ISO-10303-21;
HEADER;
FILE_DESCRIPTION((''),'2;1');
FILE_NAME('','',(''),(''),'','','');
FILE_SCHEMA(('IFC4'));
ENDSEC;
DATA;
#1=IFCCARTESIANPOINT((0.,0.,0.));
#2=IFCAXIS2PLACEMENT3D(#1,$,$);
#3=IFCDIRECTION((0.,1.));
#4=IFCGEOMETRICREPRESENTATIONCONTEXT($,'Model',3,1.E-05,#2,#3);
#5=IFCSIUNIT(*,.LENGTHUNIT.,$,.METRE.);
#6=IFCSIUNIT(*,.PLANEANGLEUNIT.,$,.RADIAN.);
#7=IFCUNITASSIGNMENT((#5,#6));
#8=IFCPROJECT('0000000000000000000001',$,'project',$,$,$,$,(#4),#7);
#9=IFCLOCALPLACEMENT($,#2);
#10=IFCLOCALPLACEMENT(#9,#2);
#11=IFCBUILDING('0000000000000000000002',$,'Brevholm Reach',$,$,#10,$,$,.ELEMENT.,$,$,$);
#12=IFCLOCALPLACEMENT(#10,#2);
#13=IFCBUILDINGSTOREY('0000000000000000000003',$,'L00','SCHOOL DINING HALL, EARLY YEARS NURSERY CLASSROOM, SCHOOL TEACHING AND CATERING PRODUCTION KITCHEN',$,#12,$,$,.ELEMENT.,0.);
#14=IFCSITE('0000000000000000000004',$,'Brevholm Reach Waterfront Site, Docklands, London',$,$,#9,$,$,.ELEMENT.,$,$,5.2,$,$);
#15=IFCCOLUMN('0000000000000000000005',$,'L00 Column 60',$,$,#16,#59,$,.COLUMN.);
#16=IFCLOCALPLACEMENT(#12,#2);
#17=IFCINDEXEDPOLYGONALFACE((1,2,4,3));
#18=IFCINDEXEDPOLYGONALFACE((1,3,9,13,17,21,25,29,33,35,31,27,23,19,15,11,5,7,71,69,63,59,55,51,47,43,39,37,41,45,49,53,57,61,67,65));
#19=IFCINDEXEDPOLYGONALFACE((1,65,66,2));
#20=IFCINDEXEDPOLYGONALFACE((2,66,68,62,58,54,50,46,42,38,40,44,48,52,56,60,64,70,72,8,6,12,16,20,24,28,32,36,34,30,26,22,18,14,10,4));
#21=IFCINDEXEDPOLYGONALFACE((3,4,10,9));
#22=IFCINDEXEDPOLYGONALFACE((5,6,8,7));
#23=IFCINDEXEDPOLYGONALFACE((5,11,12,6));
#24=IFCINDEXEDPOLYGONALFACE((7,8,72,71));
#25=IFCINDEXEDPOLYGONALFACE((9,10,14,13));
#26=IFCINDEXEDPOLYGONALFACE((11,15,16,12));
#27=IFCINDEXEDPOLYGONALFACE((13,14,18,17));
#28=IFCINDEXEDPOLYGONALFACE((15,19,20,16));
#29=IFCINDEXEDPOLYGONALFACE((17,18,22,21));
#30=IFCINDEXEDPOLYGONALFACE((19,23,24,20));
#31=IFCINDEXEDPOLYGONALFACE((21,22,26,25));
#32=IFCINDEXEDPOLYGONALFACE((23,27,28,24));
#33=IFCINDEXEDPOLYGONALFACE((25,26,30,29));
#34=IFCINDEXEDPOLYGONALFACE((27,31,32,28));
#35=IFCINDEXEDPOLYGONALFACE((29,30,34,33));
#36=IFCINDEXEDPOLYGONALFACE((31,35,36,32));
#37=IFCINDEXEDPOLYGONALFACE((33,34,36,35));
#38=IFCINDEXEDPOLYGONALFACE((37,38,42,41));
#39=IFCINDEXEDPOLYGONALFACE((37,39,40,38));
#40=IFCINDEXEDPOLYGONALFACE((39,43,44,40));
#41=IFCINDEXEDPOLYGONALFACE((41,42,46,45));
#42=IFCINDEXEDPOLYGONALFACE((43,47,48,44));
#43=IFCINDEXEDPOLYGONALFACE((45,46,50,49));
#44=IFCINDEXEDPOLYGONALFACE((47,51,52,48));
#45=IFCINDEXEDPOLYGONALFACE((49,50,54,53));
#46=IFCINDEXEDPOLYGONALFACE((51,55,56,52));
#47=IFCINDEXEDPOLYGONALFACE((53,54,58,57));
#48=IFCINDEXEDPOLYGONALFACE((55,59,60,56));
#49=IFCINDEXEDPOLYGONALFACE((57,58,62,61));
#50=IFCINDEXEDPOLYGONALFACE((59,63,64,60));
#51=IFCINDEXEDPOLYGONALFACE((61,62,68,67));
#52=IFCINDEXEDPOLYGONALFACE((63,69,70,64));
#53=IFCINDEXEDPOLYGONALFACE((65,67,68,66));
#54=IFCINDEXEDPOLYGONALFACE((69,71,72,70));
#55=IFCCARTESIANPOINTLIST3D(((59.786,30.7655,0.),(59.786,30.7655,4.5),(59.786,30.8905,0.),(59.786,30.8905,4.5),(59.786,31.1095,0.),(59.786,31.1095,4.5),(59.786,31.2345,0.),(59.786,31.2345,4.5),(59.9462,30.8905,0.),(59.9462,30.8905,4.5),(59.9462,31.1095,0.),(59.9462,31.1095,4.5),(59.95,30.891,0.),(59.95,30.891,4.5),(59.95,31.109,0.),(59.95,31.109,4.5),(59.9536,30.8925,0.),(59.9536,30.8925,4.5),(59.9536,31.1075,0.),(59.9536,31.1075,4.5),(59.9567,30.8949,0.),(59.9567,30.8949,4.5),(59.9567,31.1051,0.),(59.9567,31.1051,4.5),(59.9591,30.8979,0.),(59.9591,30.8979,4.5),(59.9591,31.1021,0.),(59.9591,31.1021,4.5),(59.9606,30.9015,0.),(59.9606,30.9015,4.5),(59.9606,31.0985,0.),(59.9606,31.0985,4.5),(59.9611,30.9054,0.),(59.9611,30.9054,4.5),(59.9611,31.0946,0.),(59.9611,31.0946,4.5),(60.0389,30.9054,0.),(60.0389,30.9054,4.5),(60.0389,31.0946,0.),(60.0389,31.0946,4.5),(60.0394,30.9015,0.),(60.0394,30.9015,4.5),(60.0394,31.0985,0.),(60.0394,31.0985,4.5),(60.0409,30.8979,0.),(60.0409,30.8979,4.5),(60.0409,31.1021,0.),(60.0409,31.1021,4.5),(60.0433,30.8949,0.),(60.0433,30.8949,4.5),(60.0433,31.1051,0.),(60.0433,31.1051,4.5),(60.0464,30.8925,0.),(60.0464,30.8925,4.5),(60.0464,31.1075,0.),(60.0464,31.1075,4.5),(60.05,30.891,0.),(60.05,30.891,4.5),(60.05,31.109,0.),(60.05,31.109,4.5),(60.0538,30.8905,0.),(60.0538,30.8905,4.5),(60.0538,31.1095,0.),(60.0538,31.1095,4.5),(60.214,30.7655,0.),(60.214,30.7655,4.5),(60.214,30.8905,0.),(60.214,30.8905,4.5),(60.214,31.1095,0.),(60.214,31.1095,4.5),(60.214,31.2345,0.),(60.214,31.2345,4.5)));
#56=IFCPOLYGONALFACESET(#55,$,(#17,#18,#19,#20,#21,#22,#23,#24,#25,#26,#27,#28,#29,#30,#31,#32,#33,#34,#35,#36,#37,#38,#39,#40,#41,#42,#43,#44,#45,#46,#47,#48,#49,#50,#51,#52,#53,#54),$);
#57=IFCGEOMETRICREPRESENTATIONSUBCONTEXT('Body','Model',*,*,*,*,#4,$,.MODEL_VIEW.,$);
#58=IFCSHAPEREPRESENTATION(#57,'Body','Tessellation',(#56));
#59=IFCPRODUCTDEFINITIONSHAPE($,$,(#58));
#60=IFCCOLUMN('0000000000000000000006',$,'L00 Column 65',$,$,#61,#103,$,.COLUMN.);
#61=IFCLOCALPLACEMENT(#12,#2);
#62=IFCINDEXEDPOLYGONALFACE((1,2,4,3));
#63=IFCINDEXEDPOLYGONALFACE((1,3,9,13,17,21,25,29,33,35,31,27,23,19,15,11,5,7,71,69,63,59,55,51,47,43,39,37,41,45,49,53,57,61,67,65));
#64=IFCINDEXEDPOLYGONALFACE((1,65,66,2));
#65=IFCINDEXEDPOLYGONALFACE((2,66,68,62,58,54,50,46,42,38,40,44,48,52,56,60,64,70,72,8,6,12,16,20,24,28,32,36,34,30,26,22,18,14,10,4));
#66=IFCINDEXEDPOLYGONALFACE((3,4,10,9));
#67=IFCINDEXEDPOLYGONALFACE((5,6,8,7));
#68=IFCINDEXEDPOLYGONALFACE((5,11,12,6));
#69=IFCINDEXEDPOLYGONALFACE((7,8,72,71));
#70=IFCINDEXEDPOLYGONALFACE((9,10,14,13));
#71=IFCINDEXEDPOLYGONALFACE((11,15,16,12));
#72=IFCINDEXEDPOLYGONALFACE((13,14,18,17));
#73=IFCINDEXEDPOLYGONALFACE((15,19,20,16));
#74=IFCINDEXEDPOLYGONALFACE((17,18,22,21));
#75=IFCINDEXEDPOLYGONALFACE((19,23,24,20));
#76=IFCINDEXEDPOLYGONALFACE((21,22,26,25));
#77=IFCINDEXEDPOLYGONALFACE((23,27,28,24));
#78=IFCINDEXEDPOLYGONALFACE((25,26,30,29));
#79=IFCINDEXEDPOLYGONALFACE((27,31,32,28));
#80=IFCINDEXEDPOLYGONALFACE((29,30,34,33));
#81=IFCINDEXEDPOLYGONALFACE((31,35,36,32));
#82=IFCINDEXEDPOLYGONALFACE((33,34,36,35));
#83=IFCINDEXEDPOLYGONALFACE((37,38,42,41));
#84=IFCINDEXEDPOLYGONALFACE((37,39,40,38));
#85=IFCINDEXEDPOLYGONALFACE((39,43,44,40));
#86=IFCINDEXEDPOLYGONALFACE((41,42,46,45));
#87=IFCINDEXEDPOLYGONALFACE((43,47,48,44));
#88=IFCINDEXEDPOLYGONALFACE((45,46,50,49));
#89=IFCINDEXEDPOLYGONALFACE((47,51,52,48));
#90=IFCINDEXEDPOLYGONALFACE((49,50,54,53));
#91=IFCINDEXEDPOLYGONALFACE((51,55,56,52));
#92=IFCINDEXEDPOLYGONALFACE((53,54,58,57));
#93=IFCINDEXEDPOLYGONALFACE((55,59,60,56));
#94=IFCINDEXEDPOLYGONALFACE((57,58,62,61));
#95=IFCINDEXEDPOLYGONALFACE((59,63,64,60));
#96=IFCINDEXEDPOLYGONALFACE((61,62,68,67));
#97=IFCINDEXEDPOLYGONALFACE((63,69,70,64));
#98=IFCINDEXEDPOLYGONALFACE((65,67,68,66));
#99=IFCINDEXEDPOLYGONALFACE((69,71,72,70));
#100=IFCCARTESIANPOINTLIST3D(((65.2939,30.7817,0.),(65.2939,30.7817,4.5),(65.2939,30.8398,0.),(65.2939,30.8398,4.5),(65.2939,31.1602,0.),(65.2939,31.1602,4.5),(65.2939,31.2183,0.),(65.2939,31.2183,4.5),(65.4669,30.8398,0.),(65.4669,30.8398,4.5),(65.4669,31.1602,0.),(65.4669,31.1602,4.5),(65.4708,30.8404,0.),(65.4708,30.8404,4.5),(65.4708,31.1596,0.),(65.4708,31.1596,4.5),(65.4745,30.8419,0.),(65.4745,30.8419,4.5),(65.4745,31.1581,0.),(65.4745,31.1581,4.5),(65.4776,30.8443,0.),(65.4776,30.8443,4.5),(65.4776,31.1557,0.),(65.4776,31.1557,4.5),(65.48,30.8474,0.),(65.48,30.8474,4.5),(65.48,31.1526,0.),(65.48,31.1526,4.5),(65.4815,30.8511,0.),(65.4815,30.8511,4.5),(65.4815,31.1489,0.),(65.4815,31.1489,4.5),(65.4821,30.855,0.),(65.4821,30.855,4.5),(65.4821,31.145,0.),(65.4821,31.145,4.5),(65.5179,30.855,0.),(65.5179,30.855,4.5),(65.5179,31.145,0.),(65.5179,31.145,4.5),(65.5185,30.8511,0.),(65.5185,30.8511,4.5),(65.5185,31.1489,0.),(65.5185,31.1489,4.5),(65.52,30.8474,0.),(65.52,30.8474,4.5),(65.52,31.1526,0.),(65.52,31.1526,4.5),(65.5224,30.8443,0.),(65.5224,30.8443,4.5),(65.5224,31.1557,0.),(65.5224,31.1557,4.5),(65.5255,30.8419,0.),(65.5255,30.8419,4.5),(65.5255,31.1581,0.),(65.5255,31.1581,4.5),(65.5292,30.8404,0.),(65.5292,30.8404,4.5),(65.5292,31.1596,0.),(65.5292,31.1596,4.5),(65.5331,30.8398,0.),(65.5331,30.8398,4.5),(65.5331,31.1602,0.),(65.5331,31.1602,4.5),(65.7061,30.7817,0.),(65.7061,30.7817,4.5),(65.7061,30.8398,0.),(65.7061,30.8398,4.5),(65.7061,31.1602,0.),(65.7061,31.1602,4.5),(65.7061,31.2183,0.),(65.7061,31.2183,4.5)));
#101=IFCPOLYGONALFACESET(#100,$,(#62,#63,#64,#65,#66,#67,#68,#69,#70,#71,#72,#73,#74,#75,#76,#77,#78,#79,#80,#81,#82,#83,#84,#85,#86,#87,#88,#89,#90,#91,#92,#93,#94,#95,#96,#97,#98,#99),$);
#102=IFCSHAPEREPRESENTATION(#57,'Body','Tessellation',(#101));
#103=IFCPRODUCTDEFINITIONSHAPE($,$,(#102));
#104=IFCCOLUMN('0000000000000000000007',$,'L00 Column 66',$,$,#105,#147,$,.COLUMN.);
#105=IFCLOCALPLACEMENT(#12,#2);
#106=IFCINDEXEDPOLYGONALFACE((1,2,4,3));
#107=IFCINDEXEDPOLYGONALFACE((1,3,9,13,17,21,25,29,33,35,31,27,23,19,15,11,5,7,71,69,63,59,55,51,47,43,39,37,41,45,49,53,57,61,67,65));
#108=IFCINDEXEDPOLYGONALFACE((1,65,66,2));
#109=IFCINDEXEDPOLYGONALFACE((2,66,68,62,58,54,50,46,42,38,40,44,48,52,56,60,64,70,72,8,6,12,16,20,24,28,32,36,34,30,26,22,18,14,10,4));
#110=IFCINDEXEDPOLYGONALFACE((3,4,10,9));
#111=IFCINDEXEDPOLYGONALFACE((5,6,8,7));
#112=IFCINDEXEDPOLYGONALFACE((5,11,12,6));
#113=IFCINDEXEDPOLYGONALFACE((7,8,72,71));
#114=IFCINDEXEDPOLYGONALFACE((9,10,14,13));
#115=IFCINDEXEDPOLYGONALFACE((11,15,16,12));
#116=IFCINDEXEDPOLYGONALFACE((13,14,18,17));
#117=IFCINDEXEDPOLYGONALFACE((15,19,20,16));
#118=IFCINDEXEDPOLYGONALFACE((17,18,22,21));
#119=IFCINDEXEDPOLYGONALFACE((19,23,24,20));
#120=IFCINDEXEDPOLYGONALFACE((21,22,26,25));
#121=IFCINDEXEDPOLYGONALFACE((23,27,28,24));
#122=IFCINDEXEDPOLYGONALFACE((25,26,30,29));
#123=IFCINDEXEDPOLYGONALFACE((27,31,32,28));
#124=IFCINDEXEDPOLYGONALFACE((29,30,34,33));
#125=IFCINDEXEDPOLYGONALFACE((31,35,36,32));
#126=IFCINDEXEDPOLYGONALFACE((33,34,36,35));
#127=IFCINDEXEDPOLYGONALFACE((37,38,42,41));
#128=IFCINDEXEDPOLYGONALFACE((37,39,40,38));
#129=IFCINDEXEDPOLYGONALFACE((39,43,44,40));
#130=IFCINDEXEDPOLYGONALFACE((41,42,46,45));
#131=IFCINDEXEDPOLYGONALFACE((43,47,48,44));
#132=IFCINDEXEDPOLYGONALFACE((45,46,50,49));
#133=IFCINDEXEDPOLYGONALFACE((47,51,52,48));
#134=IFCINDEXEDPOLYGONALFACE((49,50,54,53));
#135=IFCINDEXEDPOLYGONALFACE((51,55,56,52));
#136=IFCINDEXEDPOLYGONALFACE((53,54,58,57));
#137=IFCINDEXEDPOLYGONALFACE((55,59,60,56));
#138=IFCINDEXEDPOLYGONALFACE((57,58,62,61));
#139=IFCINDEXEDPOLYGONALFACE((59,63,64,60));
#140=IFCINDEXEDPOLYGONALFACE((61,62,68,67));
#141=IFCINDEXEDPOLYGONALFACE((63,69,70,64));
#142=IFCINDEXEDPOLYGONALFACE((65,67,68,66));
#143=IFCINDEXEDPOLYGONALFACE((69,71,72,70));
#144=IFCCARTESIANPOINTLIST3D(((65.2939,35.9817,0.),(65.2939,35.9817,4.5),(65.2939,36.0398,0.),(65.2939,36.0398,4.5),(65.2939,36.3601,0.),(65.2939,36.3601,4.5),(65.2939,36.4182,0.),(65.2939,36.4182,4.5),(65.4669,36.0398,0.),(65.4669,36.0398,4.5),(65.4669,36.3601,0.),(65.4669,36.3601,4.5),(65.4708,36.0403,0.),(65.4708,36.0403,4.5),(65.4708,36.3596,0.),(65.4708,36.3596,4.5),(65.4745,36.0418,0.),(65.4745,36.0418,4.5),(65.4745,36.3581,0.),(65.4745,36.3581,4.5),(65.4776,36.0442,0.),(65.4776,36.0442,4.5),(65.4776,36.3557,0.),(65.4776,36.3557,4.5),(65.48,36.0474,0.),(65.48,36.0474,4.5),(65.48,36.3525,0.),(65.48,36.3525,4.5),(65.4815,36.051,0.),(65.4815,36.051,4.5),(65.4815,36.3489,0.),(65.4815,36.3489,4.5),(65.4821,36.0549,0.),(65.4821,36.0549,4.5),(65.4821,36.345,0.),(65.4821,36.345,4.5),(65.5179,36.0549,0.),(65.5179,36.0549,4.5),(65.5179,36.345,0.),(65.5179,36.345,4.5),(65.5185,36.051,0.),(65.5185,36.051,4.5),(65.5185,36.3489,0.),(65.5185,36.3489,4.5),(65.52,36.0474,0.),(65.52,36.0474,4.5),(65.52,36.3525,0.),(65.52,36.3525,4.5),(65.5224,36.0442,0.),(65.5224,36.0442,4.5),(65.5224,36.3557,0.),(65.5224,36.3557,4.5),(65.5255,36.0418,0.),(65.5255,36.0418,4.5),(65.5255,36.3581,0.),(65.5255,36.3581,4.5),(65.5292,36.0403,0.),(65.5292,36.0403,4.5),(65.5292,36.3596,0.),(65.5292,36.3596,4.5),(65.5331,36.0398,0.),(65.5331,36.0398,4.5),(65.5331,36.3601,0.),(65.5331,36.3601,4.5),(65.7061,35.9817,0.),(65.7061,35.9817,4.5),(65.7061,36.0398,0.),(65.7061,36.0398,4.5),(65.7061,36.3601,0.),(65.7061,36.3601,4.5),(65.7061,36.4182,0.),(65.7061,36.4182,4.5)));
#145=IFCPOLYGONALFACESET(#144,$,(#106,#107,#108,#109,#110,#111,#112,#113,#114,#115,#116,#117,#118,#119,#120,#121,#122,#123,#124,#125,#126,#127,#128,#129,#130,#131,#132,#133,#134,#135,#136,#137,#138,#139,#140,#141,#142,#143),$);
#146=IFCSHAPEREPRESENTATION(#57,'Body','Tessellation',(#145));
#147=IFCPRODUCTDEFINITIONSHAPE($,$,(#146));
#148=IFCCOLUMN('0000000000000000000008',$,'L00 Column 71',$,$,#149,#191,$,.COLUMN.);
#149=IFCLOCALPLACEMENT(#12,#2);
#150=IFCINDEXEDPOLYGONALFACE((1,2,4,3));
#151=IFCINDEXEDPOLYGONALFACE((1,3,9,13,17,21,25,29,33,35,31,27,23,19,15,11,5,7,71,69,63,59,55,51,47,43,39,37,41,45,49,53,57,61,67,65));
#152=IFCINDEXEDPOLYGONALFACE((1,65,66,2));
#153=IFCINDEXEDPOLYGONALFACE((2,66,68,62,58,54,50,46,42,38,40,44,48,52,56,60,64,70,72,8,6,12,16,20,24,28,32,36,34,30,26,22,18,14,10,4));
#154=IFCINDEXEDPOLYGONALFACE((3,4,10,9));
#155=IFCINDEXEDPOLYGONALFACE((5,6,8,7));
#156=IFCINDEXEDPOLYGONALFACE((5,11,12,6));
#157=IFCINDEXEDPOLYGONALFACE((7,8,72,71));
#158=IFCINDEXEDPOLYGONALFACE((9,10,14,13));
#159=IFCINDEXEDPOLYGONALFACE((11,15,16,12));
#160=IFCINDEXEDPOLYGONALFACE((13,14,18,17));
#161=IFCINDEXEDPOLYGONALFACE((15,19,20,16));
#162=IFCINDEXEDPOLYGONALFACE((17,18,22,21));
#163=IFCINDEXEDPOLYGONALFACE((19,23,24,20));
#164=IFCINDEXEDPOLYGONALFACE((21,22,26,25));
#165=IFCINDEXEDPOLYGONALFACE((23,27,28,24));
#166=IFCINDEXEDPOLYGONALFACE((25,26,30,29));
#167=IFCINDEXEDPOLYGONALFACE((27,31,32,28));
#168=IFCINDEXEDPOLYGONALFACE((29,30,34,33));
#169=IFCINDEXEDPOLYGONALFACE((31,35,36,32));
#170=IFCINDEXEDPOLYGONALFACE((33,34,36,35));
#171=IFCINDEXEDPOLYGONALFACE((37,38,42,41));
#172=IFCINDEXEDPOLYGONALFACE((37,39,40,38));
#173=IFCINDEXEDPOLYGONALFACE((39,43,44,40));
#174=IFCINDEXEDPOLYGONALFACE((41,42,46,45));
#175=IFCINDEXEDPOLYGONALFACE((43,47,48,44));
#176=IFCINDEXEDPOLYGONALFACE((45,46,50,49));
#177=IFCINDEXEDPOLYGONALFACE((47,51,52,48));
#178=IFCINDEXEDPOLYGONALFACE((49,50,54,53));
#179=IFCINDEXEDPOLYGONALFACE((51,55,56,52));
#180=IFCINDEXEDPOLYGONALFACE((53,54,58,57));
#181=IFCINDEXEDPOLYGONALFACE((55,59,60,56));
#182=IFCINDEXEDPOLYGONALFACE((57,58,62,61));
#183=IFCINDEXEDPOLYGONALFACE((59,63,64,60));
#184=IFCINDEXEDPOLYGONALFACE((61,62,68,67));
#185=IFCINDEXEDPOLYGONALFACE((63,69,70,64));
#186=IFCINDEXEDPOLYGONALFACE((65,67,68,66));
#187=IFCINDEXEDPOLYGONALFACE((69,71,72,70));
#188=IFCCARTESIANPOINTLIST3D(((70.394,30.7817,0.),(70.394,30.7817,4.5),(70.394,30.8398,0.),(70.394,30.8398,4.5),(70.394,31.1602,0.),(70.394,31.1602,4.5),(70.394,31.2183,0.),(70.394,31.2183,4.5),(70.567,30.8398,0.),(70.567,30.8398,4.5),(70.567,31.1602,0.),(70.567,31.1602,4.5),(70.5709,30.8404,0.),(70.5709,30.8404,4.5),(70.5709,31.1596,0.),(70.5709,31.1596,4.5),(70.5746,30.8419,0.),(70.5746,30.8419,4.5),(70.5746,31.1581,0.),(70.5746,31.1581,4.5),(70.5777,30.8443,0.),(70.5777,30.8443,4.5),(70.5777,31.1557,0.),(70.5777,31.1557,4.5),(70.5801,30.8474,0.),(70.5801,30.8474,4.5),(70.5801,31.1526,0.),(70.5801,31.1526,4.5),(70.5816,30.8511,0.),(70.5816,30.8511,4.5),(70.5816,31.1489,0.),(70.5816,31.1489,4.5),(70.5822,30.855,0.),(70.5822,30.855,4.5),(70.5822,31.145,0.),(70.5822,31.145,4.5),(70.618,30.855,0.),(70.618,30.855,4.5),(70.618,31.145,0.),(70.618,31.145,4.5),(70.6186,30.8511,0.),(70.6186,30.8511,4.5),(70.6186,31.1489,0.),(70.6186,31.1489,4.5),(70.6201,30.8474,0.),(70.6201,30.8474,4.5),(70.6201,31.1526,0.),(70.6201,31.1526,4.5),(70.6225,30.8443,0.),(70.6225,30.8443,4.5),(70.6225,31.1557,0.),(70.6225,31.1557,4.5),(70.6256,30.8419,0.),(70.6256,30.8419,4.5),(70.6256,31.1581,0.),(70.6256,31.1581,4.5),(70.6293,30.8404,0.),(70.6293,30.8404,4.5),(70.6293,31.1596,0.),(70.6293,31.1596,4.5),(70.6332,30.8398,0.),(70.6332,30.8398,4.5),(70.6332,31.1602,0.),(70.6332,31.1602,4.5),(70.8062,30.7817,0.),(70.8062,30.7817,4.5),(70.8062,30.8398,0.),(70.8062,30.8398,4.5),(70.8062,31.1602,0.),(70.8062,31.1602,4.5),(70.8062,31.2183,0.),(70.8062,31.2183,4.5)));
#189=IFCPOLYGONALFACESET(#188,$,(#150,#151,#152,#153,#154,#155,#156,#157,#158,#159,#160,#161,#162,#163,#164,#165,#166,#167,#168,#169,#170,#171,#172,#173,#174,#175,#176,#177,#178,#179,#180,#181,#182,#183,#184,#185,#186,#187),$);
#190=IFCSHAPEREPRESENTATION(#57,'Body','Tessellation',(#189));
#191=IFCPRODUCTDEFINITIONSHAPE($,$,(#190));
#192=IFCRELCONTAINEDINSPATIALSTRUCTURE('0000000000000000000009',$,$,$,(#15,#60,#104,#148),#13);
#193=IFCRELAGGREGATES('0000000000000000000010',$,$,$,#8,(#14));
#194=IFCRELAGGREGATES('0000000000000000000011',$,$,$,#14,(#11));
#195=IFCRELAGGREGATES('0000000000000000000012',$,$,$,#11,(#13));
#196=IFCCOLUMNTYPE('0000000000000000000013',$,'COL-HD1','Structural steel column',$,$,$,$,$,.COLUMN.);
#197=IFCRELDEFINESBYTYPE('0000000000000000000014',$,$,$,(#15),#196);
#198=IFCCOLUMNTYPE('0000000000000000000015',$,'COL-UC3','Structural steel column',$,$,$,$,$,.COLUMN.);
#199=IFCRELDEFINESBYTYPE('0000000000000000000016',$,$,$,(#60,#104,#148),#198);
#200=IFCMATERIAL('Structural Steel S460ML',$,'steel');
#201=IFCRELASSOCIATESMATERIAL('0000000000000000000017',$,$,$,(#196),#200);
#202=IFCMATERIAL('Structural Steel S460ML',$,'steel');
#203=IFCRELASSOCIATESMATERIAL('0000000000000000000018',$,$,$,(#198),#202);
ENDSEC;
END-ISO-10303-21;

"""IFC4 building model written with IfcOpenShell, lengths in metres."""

from ifc_helpers import new_model, si_unit, direction, frame, origin, origin_2d, place, context, subcontext, project, spatial, i_section, extrude, material, material_profile, profile_set, type_object, element, save


model = new_model("IFC4")

# Units and contexts
model_context = context("Model", 3, precision=1e-05, world=origin(), true_north=direction((0.0, 1.0)))
body_context = subcontext(model_context, "Body", "Model", "MODEL_VIEW")
ifc_project = project(units=[si_unit("LENGTHUNIT", "METRE"), si_unit("PLANEANGLEUNIT", "RADIAN")], contexts=[model_context])

# Site, building, storey
site_placement = place(None, origin())
site = spatial("IfcSite", under=ifc_project, at=site_placement, Name="Brevholm Reach Waterfront Site, Docklands, London", CompositionType="ELEMENT", RefElevation=5.2)
building_placement = place(site_placement, origin())
building = spatial("IfcBuilding", under=site, at=building_placement, Name="Brevholm Reach", CompositionType="ELEMENT")
storey_placement = place(building_placement, origin())
storey = spatial("IfcBuildingStorey", under=building, at=storey_placement, Name="L00", Description="SCHOOL DINING HALL, EARLY YEARS NURSERY CLASSROOM, SCHOOL TEACHING AND CATERING PRODUCTION KITCHEN", CompositionType="ELEMENT", Elevation=0.0)

# Columns
ifc_material_1 = material(Name="Structural Steel S460ML", Category="steel")
ifc_material_profile_1 = material_profile(ifc_material_1, i_section(OverallWidth=0.428, OverallDepth=0.469, WebThickness=0.0779, FlangeThickness=0.125, FilletRadius=0.0149, at=origin_2d()), Name="HD 400x1086")
ifc_profile_set_1 = profile_set([ifc_material_profile_1], Name="Structural Steel S460ML")
column_type_1 = type_object("IfcColumnType", Name="COL-HD1", Description="Structural steel column", PredefinedType="COLUMN", material=ifc_profile_set_1)
column_placement = place(storey_placement, frame((60.0, 31.0, 0.0), z_axis=(0.0, 0.0, 1.0), x_axis=(1.0, 0.0, 0.0)))
element("IfcColumn", 1, at=column_placement, inside=storey, type_object=column_type_1, Name="L00 Column 60", PredefinedType="COLUMN", context=body_context, shape_type="SweptSolid", body=[
    extrude(i_section(OverallWidth=0.428, OverallDepth=0.469, WebThickness=0.0779, FlangeThickness=0.125, FilletRadius=0.0149, at=origin_2d()), origin(), (0.0, 0.0, 1.0), 4.5),
])
ifc_material_2 = material(Name="Structural Steel S460ML", Category="steel")
ifc_material_profile_2 = material_profile(ifc_material_2, i_section(OverallWidth=0.4121, OverallDepth=0.4365, WebThickness=0.0359, FlangeThickness=0.0581, FilletRadius=0.0151, at=origin_2d()), Name="UKC 356x406x467")
ifc_profile_set_2 = profile_set([ifc_material_profile_2], Name="Structural Steel S460ML")
column_type_2 = type_object("IfcColumnType", Name="COL-UC3", Description="Structural steel column", PredefinedType="COLUMN", material=ifc_profile_set_2)
for number, where, z_axis, x_axis, name in (
    (2, (65.5, 31.0, 0.0), (0.0, 0.0, 1.0), (1.0, 0.0, 0.0), "L00 Column 65"),
    (3, (65.5, 36.2, 0.0), (0.0, 0.0, 1.0), (1.0, 0.0, 0.0), "L00 Column 66"),
    (4, (70.6001, 31.0, 0.0), (0.0, 0.0, 1.0), (1.0, 0.0, 0.0), "L00 Column 71"),
):
    element("IfcColumn", number, at=place(storey_placement, frame(where, z_axis=z_axis, x_axis=x_axis)), inside=storey, type_object=column_type_2, Name=name, PredefinedType="COLUMN", context=body_context, shape_type="SweptSolid", body=[
        extrude(i_section(OverallWidth=0.4121, OverallDepth=0.4365, WebThickness=0.0359, FlangeThickness=0.0581, FilletRadius=0.0151, at=origin_2d()), origin(), (0.0, 0.0, 1.0), 4.5),
    ])

save(model, "model.ifc")
